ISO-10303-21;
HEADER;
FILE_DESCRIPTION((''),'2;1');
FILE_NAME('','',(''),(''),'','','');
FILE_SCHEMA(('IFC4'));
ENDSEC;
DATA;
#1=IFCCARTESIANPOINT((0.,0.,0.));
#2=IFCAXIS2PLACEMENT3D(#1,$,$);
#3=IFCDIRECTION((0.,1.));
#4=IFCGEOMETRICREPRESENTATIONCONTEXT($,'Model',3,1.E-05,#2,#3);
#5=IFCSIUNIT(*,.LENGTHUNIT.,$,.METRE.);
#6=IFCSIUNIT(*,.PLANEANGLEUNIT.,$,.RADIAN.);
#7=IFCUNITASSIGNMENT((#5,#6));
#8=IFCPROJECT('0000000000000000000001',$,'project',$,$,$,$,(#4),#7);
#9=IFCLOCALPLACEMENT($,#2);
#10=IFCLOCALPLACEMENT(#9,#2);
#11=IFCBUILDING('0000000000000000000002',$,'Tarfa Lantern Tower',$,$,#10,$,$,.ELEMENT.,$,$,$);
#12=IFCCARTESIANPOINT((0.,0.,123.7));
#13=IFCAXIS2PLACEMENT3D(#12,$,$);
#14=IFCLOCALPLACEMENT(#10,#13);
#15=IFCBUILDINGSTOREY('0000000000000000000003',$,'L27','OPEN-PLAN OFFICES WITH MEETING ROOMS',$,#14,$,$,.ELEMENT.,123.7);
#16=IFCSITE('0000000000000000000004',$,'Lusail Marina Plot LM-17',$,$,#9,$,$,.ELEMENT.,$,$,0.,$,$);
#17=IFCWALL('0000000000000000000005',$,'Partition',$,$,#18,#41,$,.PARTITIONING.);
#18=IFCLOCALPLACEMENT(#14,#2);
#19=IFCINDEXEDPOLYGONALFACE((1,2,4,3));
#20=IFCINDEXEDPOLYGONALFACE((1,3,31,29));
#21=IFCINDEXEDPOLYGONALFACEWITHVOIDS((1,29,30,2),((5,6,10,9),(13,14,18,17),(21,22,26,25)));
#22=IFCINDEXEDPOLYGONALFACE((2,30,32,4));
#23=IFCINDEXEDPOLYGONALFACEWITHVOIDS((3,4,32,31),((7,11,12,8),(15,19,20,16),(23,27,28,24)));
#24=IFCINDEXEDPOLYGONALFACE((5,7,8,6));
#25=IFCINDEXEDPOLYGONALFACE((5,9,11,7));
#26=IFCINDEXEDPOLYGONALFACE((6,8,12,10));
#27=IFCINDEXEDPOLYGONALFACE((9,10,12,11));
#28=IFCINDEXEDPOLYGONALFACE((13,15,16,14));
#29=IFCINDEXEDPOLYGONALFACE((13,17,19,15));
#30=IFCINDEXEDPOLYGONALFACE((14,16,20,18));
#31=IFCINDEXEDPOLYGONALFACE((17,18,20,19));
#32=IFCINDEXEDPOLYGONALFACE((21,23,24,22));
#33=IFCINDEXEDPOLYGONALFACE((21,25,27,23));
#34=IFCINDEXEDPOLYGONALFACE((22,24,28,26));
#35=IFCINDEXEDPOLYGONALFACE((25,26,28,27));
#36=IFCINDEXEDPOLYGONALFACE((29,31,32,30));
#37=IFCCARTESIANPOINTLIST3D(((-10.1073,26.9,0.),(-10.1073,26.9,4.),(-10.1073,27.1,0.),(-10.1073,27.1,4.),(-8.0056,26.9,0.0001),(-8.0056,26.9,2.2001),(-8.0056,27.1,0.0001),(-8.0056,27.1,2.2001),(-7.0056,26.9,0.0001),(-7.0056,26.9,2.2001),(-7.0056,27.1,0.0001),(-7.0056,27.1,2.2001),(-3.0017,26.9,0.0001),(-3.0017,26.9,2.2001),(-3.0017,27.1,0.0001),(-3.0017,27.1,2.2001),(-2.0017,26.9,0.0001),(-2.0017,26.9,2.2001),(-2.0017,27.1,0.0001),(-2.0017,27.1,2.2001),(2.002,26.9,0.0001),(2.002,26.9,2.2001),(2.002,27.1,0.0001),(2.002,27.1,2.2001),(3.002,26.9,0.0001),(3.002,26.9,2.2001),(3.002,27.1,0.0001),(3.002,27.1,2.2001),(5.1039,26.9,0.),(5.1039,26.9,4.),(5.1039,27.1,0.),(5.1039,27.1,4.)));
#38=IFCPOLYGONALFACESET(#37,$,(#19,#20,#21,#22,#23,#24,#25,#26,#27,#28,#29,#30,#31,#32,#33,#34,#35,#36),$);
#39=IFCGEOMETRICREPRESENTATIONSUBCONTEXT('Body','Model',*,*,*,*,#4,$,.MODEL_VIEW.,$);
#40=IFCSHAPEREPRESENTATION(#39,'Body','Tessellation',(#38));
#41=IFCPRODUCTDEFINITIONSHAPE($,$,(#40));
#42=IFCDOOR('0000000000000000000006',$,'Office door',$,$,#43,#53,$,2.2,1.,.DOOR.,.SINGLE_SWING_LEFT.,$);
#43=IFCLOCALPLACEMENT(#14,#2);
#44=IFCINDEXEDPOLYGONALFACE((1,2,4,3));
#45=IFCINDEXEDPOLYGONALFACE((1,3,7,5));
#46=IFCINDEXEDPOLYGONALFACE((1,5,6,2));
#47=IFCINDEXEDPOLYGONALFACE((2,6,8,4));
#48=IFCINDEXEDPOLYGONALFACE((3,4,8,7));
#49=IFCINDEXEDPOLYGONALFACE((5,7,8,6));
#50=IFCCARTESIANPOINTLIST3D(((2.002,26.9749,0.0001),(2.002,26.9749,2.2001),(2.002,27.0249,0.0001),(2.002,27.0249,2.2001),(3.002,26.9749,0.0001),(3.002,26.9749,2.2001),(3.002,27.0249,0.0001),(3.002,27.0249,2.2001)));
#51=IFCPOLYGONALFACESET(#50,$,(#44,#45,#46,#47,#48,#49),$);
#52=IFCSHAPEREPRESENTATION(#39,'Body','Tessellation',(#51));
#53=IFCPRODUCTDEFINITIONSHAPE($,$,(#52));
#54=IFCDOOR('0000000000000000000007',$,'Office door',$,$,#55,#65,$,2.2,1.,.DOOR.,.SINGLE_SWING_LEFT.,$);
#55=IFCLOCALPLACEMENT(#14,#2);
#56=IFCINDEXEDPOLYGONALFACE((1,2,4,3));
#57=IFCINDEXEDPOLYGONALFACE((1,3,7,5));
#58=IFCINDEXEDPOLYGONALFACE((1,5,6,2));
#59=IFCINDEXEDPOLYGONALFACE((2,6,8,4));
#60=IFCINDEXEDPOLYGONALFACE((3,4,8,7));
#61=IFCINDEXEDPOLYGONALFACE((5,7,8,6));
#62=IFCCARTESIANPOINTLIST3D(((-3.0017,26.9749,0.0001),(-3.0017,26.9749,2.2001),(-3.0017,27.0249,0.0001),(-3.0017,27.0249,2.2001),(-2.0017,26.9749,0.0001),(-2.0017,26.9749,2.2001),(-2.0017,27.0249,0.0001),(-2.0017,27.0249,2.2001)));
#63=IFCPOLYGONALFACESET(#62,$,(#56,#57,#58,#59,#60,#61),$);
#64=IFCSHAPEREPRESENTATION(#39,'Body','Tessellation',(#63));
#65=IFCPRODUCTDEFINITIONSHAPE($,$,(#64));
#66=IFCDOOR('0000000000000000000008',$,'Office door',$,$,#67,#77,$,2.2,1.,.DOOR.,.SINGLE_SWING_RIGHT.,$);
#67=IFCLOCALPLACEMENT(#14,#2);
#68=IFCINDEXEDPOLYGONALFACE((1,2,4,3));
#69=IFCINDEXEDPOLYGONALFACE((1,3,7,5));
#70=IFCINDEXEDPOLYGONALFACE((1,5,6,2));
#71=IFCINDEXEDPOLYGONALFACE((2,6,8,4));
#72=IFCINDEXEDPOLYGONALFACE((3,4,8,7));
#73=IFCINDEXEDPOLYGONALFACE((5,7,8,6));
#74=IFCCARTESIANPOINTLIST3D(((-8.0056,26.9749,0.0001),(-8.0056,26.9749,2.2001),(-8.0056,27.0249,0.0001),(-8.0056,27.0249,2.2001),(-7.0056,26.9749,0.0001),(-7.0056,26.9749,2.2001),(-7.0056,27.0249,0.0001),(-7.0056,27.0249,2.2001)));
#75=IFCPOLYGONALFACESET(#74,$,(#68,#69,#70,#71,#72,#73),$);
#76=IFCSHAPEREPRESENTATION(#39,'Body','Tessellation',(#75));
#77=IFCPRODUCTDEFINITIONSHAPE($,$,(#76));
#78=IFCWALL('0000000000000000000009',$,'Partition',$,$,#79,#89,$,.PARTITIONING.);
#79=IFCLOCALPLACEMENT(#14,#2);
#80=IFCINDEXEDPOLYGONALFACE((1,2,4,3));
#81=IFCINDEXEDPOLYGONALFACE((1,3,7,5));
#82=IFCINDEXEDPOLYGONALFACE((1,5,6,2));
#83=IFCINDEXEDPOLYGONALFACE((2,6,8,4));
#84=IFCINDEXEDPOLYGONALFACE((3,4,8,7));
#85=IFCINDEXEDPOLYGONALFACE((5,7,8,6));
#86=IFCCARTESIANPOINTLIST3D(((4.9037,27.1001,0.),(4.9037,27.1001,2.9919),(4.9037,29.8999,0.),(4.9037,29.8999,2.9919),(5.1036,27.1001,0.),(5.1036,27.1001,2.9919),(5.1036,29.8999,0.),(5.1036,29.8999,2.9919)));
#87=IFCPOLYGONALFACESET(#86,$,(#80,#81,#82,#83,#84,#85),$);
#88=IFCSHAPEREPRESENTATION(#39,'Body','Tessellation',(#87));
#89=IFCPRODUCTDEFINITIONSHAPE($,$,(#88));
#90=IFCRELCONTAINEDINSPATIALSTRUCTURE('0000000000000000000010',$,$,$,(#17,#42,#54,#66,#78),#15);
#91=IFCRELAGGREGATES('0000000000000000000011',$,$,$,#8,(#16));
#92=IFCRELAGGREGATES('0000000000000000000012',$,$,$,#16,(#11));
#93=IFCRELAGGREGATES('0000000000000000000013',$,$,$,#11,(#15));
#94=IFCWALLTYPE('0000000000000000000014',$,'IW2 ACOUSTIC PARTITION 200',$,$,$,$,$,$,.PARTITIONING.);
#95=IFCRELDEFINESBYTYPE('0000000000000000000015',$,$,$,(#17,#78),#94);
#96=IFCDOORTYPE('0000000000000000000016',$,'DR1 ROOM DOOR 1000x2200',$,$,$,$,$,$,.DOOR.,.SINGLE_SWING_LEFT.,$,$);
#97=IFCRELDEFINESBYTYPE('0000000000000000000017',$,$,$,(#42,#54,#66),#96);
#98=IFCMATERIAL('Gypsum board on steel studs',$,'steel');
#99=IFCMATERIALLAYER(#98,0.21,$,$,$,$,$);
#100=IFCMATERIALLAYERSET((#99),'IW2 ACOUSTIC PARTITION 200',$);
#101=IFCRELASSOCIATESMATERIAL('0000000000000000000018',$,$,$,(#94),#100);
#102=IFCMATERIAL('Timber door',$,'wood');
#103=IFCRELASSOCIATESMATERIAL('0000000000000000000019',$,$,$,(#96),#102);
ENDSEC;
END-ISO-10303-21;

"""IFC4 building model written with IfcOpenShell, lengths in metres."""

from ifc_helpers import new_model, si_unit, direction, frame, frame_2d, origin, place, context, subcontext, project, spatial, rectangle, extrude, material, layer, layer_set, type_object, element, fill, save


model = new_model("IFC4")

# Units and contexts
model_context = context("Model", 3, precision=1e-05, world=origin(), true_north=direction((0.0, 1.0)))
body_context = subcontext(model_context, "Body", "Model", "MODEL_VIEW")
ifc_project = project(units=[si_unit("LENGTHUNIT", "METRE"), si_unit("PLANEANGLEUNIT", "RADIAN")], contexts=[model_context])

# Site, building, storey
site_placement = place(None, origin())
site = spatial("IfcSite", under=ifc_project, at=site_placement, Name="Lusail Marina Plot LM-17", CompositionType="ELEMENT", RefElevation=0.0)
building_placement = place(site_placement, origin())
building = spatial("IfcBuilding", under=site, at=building_placement, Name="Tarfa Lantern Tower", CompositionType="ELEMENT")
storey_placement = place(building_placement, frame((0.0, 0.0, 123.7)))
storey = spatial("IfcBuildingStorey", under=building, at=storey_placement, Name="L27", Description="OPEN-PLAN OFFICES WITH MEETING ROOMS", CompositionType="ELEMENT", Elevation=123.7)

# Wall, openings, doors
ifc_material_1 = material(Name="Gypsum board on steel studs", Category="steel")
ifc_layer_1 = layer(ifc_material_1, 0.21)
ifc_layer_set_1 = layer_set([ifc_layer_1], Name="IW2 ACOUSTIC PARTITION 200")
wall_type = type_object("IfcWallType", Name="IW2 ACOUSTIC PARTITION 200", PredefinedType="PARTITIONING", material=ifc_layer_set_1)
wall_1_placement = place(storey_placement, frame((5.1038, 27.0, 0.0), z_axis=(0.0, 0.0, 1.0), x_axis=(-1.0, 0.0, 0.0)))
wall_1 = element("IfcWall", 1, at=wall_1_placement, inside=storey, type_object=wall_type, Name="Partition", PredefinedType="PARTITIONING", context=body_context, shape_type="SweptSolid", body=[
    extrude(rectangle(XDim=15.2112, YDim=0.2, at=frame_2d((7.6055, 0.0))), origin(), (0.0, 0.0, 1.0), 4.0),
])
opening_1_placement = place(wall_1_placement, frame((2.1018, 0.0, 0.0)))
opening_1 = element("IfcOpeningElement", 2, at=opening_1_placement, cuts=wall_1, PredefinedType="OPENING", context=body_context, shape_type="SweptSolid", body=[
    extrude(rectangle(XDim=1.0, YDim=2.2, at=frame_2d((0.5, 1.1001))), frame((0.0, 0.1099, 0.0), z_axis=(0.0, -1.0, 0.0), x_axis=(1.0, 0.0, 0.0)), (0.0, 0.0, 1.0), 0.22),
])
opening_2_placement = place(wall_1_placement, frame((7.1055, 0.0, 0.0)))
opening_2 = element("IfcOpeningElement", 3, at=opening_2_placement, cuts=wall_1, PredefinedType="OPENING", context=body_context, shape_type="SweptSolid", body=[
    extrude(rectangle(XDim=1.0, YDim=2.2, at=frame_2d((0.5, 1.1001))), frame((0.0, 0.1099, 0.0), z_axis=(0.0, -1.0, 0.0), x_axis=(1.0, 0.0, 0.0)), (0.0, 0.0, 1.0), 0.22),
])
opening_3_placement = place(wall_1_placement, frame((12.1094, 0.0, 0.0)))
opening_3 = element("IfcOpeningElement", 4, at=opening_3_placement, cuts=wall_1, PredefinedType="OPENING", context=body_context, shape_type="SweptSolid", body=[
    extrude(rectangle(XDim=1.0, YDim=2.2, at=frame_2d((0.5, 1.1001))), frame((0.0, 0.1099, 0.0), z_axis=(0.0, -1.0, 0.0), x_axis=(1.0, 0.0, 0.0)), (0.0, 0.0, 1.0), 0.22),
])
ifc_material_2 = material(Name="Timber door", Category="wood")
door_type = type_object("IfcDoorType", Name="DR1 ROOM DOOR 1000x2200", OperationType="SINGLE_SWING_LEFT", PredefinedType="DOOR", material=ifc_material_2)
door_1_placement = place(opening_1_placement, frame((1.0, 0.0, 0.0), z_axis=(0.0, 0.0, 1.0), x_axis=(-1.0, 0.0, 0.0)))
door_1 = element("IfcDoor", 5, at=door_1_placement, inside=storey, type_object=door_type, Name="Office door", OperationType="SINGLE_SWING_LEFT", OverallHeight=2.2, OverallWidth=1.0, PredefinedType="DOOR", context=body_context, shape_type="SweptSolid", body=[
    extrude(rectangle(XDim=1.0, YDim=2.2, at=frame_2d((0.5, 1.1001))), frame((0.0, 0.0249, 0.0), z_axis=(0.0, -1.0, 0.0), x_axis=(1.0, 0.0, 0.0)), (0.0, 0.0, 1.0), 0.05),
])
fill(opening_1, door_1)
door_2_placement = place(opening_2_placement, frame((1.0, 0.0, 0.0), z_axis=(0.0, 0.0, 1.0), x_axis=(-1.0, 0.0, 0.0)))
door_2 = element("IfcDoor", 6, at=door_2_placement, inside=storey, type_object=door_type, Name="Office door", OperationType="SINGLE_SWING_LEFT", OverallHeight=2.2, OverallWidth=1.0, PredefinedType="DOOR", context=body_context, shape_type="SweptSolid", body=[
    extrude(rectangle(XDim=1.0, YDim=2.2, at=frame_2d((0.5, 1.1001))), frame((0.0, 0.0249, 0.0), z_axis=(0.0, -1.0, 0.0), x_axis=(1.0, 0.0, 0.0)), (0.0, 0.0, 1.0), 0.05),
])
fill(opening_2, door_2)
door_3_placement = place(opening_3_placement, frame((1.0, 0.0, 0.0), z_axis=(0.0, 0.0, 1.0), x_axis=(-1.0, 0.0, 0.0)))
door_3 = element("IfcDoor", 7, at=door_3_placement, inside=storey, type_object=door_type, Name="Office door", OperationType="SINGLE_SWING_RIGHT", OverallHeight=2.2, OverallWidth=1.0, PredefinedType="DOOR", context=body_context, shape_type="SweptSolid", body=[
    extrude(rectangle(XDim=1.0, YDim=2.2, at=frame_2d((0.5, 1.1001))), frame((0.0, 0.0249, 0.0), z_axis=(0.0, -1.0, 0.0), x_axis=(1.0, 0.0, 0.0)), (0.0, 0.0, 1.0), 0.05),
])
fill(opening_3, door_3)

# Wall
wall_2_placement = place(storey_placement, frame((5.0037, 27.1001, 0.0), z_axis=(0.0, 0.0, 1.0), x_axis=(0.0, 1.0, 0.0)))
element("IfcWall", 8, at=wall_2_placement, inside=storey, type_object=wall_type, Name="Partition", PredefinedType="PARTITIONING", context=body_context, shape_type="SweptSolid", body=[
    extrude(rectangle(XDim=2.7998, YDim=0.2, at=frame_2d((1.3999, 0.0))), origin(), (0.0, 0.0, 1.0), 2.9919),
])

save(model, "model.ifc")
